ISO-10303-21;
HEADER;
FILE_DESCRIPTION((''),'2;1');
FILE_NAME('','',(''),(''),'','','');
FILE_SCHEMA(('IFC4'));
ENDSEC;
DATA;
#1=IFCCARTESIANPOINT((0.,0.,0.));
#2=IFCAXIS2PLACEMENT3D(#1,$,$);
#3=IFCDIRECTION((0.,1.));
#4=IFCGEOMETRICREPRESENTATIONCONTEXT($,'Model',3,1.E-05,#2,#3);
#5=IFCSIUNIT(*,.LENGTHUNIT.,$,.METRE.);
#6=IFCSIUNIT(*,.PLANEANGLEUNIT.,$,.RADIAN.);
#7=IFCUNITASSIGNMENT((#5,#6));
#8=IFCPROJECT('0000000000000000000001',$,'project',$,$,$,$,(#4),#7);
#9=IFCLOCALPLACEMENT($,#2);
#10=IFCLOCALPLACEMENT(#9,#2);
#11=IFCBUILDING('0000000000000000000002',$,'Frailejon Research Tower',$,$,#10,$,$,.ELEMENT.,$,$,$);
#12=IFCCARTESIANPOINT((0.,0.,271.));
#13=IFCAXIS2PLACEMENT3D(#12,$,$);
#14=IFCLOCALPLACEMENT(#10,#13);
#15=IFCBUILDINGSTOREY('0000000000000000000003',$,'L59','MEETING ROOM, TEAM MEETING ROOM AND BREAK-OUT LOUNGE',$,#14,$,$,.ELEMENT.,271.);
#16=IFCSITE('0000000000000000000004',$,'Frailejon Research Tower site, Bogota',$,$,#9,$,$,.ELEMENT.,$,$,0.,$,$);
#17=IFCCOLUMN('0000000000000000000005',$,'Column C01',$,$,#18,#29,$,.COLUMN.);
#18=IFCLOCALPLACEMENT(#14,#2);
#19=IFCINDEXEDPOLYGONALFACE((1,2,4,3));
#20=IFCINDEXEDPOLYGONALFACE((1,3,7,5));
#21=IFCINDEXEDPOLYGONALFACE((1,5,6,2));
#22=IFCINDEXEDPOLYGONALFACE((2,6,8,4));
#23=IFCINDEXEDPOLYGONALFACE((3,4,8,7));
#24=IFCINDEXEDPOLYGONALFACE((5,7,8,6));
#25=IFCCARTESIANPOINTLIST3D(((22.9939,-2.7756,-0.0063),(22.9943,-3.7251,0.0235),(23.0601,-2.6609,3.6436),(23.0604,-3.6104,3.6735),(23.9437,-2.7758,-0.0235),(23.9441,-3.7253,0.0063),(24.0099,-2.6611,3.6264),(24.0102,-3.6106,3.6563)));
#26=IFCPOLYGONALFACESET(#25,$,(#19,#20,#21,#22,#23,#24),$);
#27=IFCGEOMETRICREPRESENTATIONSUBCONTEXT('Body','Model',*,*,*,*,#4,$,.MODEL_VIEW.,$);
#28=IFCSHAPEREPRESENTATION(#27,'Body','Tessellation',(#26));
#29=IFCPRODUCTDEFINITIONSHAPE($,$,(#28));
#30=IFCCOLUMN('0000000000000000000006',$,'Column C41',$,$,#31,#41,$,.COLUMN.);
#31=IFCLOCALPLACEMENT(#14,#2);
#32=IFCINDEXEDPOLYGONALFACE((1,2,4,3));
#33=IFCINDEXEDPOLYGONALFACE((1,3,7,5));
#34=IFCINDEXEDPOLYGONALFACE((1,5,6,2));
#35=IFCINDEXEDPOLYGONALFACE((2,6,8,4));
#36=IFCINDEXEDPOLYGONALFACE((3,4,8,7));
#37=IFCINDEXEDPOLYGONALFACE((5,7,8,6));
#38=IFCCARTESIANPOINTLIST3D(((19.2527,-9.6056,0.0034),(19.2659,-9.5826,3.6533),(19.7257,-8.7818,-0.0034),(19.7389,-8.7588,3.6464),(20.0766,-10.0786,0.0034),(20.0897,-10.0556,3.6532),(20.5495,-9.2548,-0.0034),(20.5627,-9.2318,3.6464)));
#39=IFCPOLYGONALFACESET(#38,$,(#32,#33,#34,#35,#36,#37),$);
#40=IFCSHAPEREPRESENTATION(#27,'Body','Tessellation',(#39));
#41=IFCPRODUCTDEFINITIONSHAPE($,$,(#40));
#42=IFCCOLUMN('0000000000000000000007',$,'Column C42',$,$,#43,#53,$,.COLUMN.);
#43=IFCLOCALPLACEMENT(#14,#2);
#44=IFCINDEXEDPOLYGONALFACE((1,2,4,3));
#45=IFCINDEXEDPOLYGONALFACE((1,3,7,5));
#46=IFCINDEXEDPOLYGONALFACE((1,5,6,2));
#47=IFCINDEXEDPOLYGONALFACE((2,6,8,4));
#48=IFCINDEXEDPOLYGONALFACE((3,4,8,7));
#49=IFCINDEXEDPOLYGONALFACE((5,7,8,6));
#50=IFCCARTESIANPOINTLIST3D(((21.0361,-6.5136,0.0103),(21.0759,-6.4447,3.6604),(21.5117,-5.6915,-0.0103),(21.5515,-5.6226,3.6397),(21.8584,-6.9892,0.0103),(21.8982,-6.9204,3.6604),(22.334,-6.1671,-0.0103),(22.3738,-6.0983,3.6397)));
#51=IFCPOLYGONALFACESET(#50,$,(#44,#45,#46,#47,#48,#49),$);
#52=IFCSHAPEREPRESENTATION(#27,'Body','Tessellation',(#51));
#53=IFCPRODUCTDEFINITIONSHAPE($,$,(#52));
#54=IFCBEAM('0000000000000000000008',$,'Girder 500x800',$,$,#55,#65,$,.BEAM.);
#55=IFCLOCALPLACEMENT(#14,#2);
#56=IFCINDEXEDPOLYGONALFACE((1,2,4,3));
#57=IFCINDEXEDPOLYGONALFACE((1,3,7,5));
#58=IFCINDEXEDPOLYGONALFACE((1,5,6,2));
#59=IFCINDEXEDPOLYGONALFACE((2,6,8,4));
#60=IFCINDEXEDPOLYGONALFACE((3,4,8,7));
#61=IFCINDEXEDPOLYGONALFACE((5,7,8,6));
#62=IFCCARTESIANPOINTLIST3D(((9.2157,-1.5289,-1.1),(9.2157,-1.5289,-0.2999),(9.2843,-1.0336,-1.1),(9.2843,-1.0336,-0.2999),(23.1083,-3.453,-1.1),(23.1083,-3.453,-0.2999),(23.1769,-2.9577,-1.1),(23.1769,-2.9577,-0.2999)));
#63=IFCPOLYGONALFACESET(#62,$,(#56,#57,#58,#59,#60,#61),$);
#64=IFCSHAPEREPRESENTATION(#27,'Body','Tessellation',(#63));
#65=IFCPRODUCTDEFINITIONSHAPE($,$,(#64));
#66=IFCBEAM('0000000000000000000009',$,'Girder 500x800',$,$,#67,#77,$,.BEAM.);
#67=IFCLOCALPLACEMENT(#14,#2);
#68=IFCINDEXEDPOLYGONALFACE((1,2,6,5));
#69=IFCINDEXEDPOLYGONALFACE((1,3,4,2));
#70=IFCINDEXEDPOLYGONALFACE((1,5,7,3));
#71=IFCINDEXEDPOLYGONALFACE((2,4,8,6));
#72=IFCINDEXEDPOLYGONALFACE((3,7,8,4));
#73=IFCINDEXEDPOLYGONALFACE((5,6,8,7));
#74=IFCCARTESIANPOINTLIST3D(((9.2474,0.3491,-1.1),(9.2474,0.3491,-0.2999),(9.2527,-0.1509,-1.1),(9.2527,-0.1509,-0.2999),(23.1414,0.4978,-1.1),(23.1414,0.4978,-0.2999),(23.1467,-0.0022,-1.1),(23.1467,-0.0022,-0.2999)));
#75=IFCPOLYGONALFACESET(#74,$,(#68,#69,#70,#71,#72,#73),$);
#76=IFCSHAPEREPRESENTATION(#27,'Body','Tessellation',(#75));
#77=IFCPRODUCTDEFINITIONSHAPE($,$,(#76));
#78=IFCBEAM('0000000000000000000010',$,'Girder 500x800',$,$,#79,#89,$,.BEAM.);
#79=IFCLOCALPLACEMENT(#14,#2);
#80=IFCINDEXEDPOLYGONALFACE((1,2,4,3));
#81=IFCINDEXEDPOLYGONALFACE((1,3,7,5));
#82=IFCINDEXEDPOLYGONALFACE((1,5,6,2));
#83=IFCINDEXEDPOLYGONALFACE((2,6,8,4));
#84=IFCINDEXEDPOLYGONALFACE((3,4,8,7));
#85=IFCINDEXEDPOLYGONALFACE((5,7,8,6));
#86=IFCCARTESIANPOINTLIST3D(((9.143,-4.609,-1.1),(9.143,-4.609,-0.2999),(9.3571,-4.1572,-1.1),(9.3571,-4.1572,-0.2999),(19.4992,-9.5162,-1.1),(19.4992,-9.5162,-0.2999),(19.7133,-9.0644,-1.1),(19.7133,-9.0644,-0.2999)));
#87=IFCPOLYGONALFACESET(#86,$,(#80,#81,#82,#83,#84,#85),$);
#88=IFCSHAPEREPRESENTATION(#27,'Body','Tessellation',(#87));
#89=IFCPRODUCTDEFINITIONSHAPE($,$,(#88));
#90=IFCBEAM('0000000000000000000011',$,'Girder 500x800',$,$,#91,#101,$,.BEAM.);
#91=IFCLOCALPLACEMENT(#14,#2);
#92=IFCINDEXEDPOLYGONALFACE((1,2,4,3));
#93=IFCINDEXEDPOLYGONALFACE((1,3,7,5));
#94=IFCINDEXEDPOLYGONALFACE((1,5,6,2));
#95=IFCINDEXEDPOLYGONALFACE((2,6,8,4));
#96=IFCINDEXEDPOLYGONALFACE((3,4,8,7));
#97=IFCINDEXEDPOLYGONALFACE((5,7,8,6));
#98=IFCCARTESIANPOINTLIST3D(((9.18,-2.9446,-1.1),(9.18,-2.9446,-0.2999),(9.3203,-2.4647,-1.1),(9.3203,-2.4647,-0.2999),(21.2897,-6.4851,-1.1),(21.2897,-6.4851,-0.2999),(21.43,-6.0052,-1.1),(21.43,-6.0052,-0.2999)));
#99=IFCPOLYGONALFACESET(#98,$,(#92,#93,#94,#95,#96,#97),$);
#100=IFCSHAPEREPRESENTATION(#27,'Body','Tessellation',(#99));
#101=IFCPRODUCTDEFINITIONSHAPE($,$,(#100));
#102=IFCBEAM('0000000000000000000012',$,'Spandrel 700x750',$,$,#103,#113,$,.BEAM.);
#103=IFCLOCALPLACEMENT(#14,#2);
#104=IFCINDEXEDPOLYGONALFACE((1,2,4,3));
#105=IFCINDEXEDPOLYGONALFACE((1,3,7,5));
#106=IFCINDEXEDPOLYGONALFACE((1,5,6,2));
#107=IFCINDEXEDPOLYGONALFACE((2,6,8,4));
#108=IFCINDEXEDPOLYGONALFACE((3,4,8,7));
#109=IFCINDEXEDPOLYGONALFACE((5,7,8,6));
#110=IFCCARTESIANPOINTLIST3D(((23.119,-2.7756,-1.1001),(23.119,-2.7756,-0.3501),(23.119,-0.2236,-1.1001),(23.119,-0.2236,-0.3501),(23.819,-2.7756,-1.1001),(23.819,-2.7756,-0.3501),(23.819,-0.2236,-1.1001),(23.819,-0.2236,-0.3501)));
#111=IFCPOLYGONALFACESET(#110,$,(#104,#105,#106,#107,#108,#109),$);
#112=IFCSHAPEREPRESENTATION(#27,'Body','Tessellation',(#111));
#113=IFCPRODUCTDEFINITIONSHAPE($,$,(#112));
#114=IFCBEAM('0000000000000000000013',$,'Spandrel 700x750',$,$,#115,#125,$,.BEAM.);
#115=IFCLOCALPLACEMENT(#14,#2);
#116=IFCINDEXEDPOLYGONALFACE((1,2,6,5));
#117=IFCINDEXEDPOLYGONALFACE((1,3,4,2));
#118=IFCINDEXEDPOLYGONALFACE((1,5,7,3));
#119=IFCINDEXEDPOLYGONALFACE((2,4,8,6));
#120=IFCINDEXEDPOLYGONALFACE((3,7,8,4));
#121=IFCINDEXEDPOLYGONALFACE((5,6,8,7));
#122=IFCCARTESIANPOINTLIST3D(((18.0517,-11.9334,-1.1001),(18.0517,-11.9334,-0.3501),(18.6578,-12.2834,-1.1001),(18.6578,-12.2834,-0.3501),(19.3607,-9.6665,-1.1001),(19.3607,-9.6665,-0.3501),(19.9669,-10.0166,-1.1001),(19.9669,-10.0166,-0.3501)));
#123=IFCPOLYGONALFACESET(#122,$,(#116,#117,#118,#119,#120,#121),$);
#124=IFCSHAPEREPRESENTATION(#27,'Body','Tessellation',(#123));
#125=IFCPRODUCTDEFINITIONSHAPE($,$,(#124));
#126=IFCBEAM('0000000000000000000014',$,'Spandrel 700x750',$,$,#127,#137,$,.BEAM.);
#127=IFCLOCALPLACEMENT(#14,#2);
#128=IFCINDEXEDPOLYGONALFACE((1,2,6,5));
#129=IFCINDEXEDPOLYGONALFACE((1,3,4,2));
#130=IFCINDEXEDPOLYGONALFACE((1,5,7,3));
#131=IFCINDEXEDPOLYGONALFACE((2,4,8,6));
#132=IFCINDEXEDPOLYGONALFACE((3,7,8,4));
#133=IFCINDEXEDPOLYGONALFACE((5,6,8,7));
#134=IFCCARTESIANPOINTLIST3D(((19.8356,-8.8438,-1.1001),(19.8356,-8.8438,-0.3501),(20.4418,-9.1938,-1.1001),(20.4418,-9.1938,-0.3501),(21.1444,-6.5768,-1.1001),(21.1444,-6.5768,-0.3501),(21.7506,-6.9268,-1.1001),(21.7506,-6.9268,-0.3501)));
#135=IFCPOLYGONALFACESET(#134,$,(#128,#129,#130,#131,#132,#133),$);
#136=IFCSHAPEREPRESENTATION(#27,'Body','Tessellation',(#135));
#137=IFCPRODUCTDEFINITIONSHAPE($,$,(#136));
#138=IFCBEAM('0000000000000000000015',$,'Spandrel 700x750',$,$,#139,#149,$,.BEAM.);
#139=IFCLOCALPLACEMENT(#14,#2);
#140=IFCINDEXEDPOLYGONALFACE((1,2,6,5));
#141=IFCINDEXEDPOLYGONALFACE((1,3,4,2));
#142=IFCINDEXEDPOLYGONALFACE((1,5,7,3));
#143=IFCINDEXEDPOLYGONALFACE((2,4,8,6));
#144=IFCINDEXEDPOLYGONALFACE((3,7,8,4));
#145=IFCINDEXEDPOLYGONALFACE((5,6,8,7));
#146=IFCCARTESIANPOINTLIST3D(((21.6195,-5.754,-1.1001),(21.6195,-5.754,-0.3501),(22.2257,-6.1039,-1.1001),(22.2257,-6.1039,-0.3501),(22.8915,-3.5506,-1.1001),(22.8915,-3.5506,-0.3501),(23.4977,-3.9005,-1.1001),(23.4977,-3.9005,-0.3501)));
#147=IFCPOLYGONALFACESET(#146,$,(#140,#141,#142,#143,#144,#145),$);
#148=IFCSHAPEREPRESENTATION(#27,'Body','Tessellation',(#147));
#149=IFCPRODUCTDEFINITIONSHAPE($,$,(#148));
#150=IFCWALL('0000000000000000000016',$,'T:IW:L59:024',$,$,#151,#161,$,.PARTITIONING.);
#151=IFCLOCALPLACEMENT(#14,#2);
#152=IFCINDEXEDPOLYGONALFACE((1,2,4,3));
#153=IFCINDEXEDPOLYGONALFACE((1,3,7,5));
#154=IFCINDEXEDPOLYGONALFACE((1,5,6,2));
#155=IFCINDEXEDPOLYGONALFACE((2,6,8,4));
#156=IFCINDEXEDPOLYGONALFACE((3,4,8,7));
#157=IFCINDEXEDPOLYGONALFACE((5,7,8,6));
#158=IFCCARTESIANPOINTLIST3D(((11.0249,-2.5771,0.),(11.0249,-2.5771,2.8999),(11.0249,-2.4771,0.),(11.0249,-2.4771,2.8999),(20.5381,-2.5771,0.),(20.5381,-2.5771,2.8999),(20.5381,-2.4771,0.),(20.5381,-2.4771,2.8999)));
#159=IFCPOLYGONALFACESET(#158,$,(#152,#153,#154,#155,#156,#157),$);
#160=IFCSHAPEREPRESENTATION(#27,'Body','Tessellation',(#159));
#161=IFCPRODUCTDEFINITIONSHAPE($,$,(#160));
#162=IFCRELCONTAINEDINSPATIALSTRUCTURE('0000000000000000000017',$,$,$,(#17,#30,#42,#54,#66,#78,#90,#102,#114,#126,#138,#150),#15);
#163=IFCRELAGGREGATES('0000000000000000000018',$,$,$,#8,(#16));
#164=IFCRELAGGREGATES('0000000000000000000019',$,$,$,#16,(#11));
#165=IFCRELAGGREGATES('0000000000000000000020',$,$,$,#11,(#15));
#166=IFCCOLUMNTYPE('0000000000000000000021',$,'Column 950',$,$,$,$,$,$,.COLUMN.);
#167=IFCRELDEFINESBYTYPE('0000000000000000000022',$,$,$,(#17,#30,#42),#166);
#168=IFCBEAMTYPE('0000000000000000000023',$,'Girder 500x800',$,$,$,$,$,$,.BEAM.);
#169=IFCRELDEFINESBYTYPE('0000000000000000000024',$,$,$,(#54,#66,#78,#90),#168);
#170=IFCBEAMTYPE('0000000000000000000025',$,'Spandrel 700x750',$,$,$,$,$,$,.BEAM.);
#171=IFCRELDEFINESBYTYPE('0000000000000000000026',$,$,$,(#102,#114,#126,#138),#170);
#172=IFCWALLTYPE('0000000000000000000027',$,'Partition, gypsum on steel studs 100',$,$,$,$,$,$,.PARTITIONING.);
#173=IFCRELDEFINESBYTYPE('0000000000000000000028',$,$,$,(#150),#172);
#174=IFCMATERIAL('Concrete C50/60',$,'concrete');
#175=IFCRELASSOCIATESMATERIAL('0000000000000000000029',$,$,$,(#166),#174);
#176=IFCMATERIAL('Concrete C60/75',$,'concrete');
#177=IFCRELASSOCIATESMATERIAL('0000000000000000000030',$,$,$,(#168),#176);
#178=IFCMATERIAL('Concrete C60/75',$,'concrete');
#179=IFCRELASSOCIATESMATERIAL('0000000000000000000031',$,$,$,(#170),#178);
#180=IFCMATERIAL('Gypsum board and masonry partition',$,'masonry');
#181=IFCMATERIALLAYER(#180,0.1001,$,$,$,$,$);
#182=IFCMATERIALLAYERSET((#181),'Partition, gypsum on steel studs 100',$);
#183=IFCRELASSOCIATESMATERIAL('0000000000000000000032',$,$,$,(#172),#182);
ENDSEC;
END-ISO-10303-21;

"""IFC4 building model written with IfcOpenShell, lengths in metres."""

from ifc_helpers import new_model, si_unit, direction, frame, frame_2d, origin, origin_2d, place, context, subcontext, project, spatial, rectangle, extrude, material, layer, layer_set, material_profile, profile_set, type_object, element, save


model = new_model("IFC4")

# Units and contexts
model_context = context("Model", 3, precision=1e-05, world=origin(), true_north=direction((0.0, 1.0)))
body_context = subcontext(model_context, "Body", "Model", "MODEL_VIEW")
ifc_project = project(units=[si_unit("LENGTHUNIT", "METRE"), si_unit("PLANEANGLEUNIT", "RADIAN")], contexts=[model_context])

# Site, building, storey
site_placement = place(None, origin())
site = spatial("IfcSite", under=ifc_project, at=site_placement, Name="Frailejon Research Tower site, Bogota", CompositionType="ELEMENT", RefElevation=0.0)
building_placement = place(site_placement, origin())
building = spatial("IfcBuilding", under=site, at=building_placement, Name="Frailejon Research Tower", CompositionType="ELEMENT")
storey_placement = place(building_placement, frame((0.0, 0.0, 271.0)))
storey = spatial("IfcBuildingStorey", under=building, at=storey_placement, Name="L59", Description="MEETING ROOM, TEAM MEETING ROOM AND BREAK-OUT LOUNGE", CompositionType="ELEMENT", Elevation=271.0)

# Columns
ifc_material_1 = material(Name="Concrete C50/60", Category="concrete")
ifc_material_profile_1 = material_profile(ifc_material_1, rectangle(XDim=0.95, YDim=0.95, at=origin_2d()), Name="Column 950")
ifc_profile_set_1 = profile_set([ifc_material_profile_1], Name="Concrete C50/60")
column_type = type_object("IfcColumnType", Name="Column 950", PredefinedType="COLUMN", material=ifc_profile_set_1)
column_1_placement = place(storey_placement, frame((23.469, -3.2505, 0.0), z_axis=(0.018115, 0.031417, 0.999342), x_axis=(-0.000357, 0.999506, -0.031416)))
element("IfcColumn", 1, at=column_1_placement, inside=storey, type_object=column_type, Name="Column C01", PredefinedType="COLUMN", context=body_context, shape_type="SweptSolid", body=[
    extrude(rectangle(XDim=0.95, YDim=0.95, at=origin_2d()), origin(), (0.0, 0.0, 1.0), 3.6523),
])
column_2_placement = place(storey_placement, frame((19.9011, -9.4302, 0.0), z_axis=(0.003612, 0.006287, 0.999974), x_axis=(0.49789, 0.86721, -0.007251)))
element("IfcColumn", 2, at=column_2_placement, inside=storey, type_object=column_type, Name="Column C41", PredefinedType="COLUMN", context=body_context, shape_type="SweptSolid", body=[
    extrude(rectangle(XDim=0.95, YDim=0.95, at=origin_2d()), origin(), (0.0, 0.0, 1.0), 3.6499),
])
column_3_placement = place(storey_placement, frame((21.6851, -6.3403, 0.0), z_axis=(0.0109, 0.018858, 0.999763), x_axis=(0.50059, 0.86541, -0.021782)))
element("IfcColumn", 3, at=column_3_placement, inside=storey, type_object=column_type, Name="Column C42", PredefinedType="COLUMN", context=body_context, shape_type="SweptSolid", body=[
    extrude(rectangle(XDim=0.95, YDim=0.95, at=origin_2d()), origin(), (0.0, 0.0, 1.0), 3.6509),
])

# Beams
ifc_material_2 = material(Name="Concrete C60/75", Category="concrete")
ifc_material_profile_2 = material_profile(ifc_material_2, rectangle(XDim=0.5, YDim=0.8, at=origin_2d()), Name="Girder 500x800")
ifc_profile_set_2 = profile_set([ifc_material_profile_2], Name="Concrete C60/75")
beam_type_1 = type_object("IfcBeamType", Name="Girder 500x800", PredefinedType="BEAM", material=ifc_profile_set_2)
beam_1_placement = place(storey_placement, frame((23.1426, -3.2053, -0.7), z_axis=(-0.990545, 0.137187, 0.0), x_axis=(-0.137187, -0.990545, 0.0)))
element("IfcBeam", 4, at=beam_1_placement, inside=storey, type_object=beam_type_1, Name="Girder 500x800", PredefinedType="BEAM", context=body_context, shape_type="SweptSolid", body=[
    extrude(rectangle(XDim=0.5, YDim=0.8, at=origin_2d()), origin(), (0.0, 0.0, 1.0), 14.0251),
])
beam_2_placement = place(storey_placement, frame((23.144, 0.2478, -0.7), z_axis=(-0.999943, -0.0107, 0.0), x_axis=(0.0107, -0.999943, 0.0)))
element("IfcBeam", 5, at=beam_2_placement, inside=storey, type_object=beam_type_1, Name="Girder 500x800", PredefinedType="BEAM", context=body_context, shape_type="SweptSolid", body=[
    extrude(rectangle(XDim=0.5, YDim=0.8, at=origin_2d()), origin(), (0.0, 0.0, 1.0), 13.8948),
])
beam_3_placement = place(storey_placement, frame((19.6062, -9.2903, -0.7), z_axis=(-0.903682, 0.428204, 0.0), x_axis=(-0.428204, -0.903682, 0.0)))
element("IfcBeam", 6, at=beam_3_placement, inside=storey, type_object=beam_type_1, Name="Girder 500x800", PredefinedType="BEAM", context=body_context, shape_type="SweptSolid", body=[
    extrude(rectangle(XDim=0.5, YDim=0.8, at=origin_2d()), origin(), (0.0, 0.0, 1.0), 11.46),
])
beam_4_placement = place(storey_placement, frame((21.3599, -6.2451, -0.7), z_axis=(-0.959819, 0.28062, 0.0), x_axis=(-0.28062, -0.959819, 0.0)))
element("IfcBeam", 7, at=beam_4_placement, inside=storey, type_object=beam_type_1, Name="Girder 500x800", PredefinedType="BEAM", context=body_context, shape_type="SweptSolid", body=[
    extrude(rectangle(XDim=0.5, YDim=0.8, at=origin_2d()), origin(), (0.0, 0.0, 1.0), 12.6167),
])
ifc_material_3 = material(Name="Concrete C60/75", Category="concrete")
ifc_material_profile_3 = material_profile(ifc_material_3, rectangle(XDim=0.7, YDim=0.75, at=origin_2d()), Name="Spandrel 700x750")
ifc_profile_set_3 = profile_set([ifc_material_profile_3], Name="Concrete C60/75")
beam_type_2 = type_object("IfcBeamType", Name="Spandrel 700x750", PredefinedType="BEAM", material=ifc_profile_set_3)
beam_5_placement = place(storey_placement, frame((23.469, -2.7756, -0.7251), z_axis=(0.0, 1.0, 0.0), x_axis=(-1.0, 0.0, 0.0)))
element("IfcBeam", 8, at=beam_5_placement, inside=storey, type_object=beam_type_2, Name="Spandrel 700x750", PredefinedType="BEAM", context=body_context, shape_type="SweptSolid", body=[
    extrude(rectangle(XDim=0.7, YDim=0.75, at=origin_2d()), origin(), (0.0, 0.0, 1.0), 2.552),
])
for number, where, z_axis, x_axis, name in (
    (9, (18.3547, -12.1084, -0.7251), (0.500091, 0.865973, 0.0), (-0.865973, 0.500091, 0.0), "Spandrel 700x750"),
    (10, (20.1387, -9.0188, -0.7251), (0.499981, 0.866036, 0.0), (-0.866036, 0.499981, 0.0), "Spandrel 700x750"),
):
    element("IfcBeam", number, at=place(storey_placement, frame(where, z_axis=z_axis, x_axis=x_axis)), inside=storey, type_object=beam_type_2, Name=name, PredefinedType="BEAM", context=body_context, shape_type="SweptSolid", body=[
        extrude(rectangle(XDim=0.7, YDim=0.75, at=origin_2d()), origin(), (0.0, 0.0, 1.0), 2.6177),
    ])
beam_6_placement = place(storey_placement, frame((21.9226, -5.929, -0.7251), z_axis=(0.499958, 0.86605, 0.0), x_axis=(-0.86605, 0.499958, 0.0)))
element("IfcBeam", 11, at=beam_6_placement, inside=storey, type_object=beam_type_2, Name="Spandrel 700x750", PredefinedType="BEAM", context=body_context, shape_type="SweptSolid", body=[
    extrude(rectangle(XDim=0.7, YDim=0.75, at=origin_2d()), origin(), (0.0, 0.0, 1.0), 2.5442),
])

# Wall
ifc_material_4 = material(Name="Gypsum board and masonry partition", Category="masonry")
ifc_layer_1 = layer(ifc_material_4, 0.1001)
ifc_layer_set_1 = layer_set([ifc_layer_1], Name="Partition, gypsum on steel studs 100")
wall_type_1 = type_object("IfcWallType", Name="Partition, gypsum on steel studs 100", PredefinedType="PARTITIONING", material=ifc_layer_set_1)
wall_1_placement = place(storey_placement, frame((11.0249, -2.5271, 0.0), z_axis=(0.0, 0.0, 1.0), x_axis=(1.0, 0.0, 0.0)))
element("IfcWall", 12, at=wall_1_placement, inside=storey, type_object=wall_type_1, Name="T:IW:L59:024", PredefinedType="PARTITIONING", context=body_context, shape_type="SweptSolid", body=[
    extrude(rectangle(XDim=9.5132, YDim=0.1001, at=frame_2d((4.7566, 0.0))), origin(), (0.0, 0.0, 1.0), 2.8999),
])

save(model, "model.ifc")
